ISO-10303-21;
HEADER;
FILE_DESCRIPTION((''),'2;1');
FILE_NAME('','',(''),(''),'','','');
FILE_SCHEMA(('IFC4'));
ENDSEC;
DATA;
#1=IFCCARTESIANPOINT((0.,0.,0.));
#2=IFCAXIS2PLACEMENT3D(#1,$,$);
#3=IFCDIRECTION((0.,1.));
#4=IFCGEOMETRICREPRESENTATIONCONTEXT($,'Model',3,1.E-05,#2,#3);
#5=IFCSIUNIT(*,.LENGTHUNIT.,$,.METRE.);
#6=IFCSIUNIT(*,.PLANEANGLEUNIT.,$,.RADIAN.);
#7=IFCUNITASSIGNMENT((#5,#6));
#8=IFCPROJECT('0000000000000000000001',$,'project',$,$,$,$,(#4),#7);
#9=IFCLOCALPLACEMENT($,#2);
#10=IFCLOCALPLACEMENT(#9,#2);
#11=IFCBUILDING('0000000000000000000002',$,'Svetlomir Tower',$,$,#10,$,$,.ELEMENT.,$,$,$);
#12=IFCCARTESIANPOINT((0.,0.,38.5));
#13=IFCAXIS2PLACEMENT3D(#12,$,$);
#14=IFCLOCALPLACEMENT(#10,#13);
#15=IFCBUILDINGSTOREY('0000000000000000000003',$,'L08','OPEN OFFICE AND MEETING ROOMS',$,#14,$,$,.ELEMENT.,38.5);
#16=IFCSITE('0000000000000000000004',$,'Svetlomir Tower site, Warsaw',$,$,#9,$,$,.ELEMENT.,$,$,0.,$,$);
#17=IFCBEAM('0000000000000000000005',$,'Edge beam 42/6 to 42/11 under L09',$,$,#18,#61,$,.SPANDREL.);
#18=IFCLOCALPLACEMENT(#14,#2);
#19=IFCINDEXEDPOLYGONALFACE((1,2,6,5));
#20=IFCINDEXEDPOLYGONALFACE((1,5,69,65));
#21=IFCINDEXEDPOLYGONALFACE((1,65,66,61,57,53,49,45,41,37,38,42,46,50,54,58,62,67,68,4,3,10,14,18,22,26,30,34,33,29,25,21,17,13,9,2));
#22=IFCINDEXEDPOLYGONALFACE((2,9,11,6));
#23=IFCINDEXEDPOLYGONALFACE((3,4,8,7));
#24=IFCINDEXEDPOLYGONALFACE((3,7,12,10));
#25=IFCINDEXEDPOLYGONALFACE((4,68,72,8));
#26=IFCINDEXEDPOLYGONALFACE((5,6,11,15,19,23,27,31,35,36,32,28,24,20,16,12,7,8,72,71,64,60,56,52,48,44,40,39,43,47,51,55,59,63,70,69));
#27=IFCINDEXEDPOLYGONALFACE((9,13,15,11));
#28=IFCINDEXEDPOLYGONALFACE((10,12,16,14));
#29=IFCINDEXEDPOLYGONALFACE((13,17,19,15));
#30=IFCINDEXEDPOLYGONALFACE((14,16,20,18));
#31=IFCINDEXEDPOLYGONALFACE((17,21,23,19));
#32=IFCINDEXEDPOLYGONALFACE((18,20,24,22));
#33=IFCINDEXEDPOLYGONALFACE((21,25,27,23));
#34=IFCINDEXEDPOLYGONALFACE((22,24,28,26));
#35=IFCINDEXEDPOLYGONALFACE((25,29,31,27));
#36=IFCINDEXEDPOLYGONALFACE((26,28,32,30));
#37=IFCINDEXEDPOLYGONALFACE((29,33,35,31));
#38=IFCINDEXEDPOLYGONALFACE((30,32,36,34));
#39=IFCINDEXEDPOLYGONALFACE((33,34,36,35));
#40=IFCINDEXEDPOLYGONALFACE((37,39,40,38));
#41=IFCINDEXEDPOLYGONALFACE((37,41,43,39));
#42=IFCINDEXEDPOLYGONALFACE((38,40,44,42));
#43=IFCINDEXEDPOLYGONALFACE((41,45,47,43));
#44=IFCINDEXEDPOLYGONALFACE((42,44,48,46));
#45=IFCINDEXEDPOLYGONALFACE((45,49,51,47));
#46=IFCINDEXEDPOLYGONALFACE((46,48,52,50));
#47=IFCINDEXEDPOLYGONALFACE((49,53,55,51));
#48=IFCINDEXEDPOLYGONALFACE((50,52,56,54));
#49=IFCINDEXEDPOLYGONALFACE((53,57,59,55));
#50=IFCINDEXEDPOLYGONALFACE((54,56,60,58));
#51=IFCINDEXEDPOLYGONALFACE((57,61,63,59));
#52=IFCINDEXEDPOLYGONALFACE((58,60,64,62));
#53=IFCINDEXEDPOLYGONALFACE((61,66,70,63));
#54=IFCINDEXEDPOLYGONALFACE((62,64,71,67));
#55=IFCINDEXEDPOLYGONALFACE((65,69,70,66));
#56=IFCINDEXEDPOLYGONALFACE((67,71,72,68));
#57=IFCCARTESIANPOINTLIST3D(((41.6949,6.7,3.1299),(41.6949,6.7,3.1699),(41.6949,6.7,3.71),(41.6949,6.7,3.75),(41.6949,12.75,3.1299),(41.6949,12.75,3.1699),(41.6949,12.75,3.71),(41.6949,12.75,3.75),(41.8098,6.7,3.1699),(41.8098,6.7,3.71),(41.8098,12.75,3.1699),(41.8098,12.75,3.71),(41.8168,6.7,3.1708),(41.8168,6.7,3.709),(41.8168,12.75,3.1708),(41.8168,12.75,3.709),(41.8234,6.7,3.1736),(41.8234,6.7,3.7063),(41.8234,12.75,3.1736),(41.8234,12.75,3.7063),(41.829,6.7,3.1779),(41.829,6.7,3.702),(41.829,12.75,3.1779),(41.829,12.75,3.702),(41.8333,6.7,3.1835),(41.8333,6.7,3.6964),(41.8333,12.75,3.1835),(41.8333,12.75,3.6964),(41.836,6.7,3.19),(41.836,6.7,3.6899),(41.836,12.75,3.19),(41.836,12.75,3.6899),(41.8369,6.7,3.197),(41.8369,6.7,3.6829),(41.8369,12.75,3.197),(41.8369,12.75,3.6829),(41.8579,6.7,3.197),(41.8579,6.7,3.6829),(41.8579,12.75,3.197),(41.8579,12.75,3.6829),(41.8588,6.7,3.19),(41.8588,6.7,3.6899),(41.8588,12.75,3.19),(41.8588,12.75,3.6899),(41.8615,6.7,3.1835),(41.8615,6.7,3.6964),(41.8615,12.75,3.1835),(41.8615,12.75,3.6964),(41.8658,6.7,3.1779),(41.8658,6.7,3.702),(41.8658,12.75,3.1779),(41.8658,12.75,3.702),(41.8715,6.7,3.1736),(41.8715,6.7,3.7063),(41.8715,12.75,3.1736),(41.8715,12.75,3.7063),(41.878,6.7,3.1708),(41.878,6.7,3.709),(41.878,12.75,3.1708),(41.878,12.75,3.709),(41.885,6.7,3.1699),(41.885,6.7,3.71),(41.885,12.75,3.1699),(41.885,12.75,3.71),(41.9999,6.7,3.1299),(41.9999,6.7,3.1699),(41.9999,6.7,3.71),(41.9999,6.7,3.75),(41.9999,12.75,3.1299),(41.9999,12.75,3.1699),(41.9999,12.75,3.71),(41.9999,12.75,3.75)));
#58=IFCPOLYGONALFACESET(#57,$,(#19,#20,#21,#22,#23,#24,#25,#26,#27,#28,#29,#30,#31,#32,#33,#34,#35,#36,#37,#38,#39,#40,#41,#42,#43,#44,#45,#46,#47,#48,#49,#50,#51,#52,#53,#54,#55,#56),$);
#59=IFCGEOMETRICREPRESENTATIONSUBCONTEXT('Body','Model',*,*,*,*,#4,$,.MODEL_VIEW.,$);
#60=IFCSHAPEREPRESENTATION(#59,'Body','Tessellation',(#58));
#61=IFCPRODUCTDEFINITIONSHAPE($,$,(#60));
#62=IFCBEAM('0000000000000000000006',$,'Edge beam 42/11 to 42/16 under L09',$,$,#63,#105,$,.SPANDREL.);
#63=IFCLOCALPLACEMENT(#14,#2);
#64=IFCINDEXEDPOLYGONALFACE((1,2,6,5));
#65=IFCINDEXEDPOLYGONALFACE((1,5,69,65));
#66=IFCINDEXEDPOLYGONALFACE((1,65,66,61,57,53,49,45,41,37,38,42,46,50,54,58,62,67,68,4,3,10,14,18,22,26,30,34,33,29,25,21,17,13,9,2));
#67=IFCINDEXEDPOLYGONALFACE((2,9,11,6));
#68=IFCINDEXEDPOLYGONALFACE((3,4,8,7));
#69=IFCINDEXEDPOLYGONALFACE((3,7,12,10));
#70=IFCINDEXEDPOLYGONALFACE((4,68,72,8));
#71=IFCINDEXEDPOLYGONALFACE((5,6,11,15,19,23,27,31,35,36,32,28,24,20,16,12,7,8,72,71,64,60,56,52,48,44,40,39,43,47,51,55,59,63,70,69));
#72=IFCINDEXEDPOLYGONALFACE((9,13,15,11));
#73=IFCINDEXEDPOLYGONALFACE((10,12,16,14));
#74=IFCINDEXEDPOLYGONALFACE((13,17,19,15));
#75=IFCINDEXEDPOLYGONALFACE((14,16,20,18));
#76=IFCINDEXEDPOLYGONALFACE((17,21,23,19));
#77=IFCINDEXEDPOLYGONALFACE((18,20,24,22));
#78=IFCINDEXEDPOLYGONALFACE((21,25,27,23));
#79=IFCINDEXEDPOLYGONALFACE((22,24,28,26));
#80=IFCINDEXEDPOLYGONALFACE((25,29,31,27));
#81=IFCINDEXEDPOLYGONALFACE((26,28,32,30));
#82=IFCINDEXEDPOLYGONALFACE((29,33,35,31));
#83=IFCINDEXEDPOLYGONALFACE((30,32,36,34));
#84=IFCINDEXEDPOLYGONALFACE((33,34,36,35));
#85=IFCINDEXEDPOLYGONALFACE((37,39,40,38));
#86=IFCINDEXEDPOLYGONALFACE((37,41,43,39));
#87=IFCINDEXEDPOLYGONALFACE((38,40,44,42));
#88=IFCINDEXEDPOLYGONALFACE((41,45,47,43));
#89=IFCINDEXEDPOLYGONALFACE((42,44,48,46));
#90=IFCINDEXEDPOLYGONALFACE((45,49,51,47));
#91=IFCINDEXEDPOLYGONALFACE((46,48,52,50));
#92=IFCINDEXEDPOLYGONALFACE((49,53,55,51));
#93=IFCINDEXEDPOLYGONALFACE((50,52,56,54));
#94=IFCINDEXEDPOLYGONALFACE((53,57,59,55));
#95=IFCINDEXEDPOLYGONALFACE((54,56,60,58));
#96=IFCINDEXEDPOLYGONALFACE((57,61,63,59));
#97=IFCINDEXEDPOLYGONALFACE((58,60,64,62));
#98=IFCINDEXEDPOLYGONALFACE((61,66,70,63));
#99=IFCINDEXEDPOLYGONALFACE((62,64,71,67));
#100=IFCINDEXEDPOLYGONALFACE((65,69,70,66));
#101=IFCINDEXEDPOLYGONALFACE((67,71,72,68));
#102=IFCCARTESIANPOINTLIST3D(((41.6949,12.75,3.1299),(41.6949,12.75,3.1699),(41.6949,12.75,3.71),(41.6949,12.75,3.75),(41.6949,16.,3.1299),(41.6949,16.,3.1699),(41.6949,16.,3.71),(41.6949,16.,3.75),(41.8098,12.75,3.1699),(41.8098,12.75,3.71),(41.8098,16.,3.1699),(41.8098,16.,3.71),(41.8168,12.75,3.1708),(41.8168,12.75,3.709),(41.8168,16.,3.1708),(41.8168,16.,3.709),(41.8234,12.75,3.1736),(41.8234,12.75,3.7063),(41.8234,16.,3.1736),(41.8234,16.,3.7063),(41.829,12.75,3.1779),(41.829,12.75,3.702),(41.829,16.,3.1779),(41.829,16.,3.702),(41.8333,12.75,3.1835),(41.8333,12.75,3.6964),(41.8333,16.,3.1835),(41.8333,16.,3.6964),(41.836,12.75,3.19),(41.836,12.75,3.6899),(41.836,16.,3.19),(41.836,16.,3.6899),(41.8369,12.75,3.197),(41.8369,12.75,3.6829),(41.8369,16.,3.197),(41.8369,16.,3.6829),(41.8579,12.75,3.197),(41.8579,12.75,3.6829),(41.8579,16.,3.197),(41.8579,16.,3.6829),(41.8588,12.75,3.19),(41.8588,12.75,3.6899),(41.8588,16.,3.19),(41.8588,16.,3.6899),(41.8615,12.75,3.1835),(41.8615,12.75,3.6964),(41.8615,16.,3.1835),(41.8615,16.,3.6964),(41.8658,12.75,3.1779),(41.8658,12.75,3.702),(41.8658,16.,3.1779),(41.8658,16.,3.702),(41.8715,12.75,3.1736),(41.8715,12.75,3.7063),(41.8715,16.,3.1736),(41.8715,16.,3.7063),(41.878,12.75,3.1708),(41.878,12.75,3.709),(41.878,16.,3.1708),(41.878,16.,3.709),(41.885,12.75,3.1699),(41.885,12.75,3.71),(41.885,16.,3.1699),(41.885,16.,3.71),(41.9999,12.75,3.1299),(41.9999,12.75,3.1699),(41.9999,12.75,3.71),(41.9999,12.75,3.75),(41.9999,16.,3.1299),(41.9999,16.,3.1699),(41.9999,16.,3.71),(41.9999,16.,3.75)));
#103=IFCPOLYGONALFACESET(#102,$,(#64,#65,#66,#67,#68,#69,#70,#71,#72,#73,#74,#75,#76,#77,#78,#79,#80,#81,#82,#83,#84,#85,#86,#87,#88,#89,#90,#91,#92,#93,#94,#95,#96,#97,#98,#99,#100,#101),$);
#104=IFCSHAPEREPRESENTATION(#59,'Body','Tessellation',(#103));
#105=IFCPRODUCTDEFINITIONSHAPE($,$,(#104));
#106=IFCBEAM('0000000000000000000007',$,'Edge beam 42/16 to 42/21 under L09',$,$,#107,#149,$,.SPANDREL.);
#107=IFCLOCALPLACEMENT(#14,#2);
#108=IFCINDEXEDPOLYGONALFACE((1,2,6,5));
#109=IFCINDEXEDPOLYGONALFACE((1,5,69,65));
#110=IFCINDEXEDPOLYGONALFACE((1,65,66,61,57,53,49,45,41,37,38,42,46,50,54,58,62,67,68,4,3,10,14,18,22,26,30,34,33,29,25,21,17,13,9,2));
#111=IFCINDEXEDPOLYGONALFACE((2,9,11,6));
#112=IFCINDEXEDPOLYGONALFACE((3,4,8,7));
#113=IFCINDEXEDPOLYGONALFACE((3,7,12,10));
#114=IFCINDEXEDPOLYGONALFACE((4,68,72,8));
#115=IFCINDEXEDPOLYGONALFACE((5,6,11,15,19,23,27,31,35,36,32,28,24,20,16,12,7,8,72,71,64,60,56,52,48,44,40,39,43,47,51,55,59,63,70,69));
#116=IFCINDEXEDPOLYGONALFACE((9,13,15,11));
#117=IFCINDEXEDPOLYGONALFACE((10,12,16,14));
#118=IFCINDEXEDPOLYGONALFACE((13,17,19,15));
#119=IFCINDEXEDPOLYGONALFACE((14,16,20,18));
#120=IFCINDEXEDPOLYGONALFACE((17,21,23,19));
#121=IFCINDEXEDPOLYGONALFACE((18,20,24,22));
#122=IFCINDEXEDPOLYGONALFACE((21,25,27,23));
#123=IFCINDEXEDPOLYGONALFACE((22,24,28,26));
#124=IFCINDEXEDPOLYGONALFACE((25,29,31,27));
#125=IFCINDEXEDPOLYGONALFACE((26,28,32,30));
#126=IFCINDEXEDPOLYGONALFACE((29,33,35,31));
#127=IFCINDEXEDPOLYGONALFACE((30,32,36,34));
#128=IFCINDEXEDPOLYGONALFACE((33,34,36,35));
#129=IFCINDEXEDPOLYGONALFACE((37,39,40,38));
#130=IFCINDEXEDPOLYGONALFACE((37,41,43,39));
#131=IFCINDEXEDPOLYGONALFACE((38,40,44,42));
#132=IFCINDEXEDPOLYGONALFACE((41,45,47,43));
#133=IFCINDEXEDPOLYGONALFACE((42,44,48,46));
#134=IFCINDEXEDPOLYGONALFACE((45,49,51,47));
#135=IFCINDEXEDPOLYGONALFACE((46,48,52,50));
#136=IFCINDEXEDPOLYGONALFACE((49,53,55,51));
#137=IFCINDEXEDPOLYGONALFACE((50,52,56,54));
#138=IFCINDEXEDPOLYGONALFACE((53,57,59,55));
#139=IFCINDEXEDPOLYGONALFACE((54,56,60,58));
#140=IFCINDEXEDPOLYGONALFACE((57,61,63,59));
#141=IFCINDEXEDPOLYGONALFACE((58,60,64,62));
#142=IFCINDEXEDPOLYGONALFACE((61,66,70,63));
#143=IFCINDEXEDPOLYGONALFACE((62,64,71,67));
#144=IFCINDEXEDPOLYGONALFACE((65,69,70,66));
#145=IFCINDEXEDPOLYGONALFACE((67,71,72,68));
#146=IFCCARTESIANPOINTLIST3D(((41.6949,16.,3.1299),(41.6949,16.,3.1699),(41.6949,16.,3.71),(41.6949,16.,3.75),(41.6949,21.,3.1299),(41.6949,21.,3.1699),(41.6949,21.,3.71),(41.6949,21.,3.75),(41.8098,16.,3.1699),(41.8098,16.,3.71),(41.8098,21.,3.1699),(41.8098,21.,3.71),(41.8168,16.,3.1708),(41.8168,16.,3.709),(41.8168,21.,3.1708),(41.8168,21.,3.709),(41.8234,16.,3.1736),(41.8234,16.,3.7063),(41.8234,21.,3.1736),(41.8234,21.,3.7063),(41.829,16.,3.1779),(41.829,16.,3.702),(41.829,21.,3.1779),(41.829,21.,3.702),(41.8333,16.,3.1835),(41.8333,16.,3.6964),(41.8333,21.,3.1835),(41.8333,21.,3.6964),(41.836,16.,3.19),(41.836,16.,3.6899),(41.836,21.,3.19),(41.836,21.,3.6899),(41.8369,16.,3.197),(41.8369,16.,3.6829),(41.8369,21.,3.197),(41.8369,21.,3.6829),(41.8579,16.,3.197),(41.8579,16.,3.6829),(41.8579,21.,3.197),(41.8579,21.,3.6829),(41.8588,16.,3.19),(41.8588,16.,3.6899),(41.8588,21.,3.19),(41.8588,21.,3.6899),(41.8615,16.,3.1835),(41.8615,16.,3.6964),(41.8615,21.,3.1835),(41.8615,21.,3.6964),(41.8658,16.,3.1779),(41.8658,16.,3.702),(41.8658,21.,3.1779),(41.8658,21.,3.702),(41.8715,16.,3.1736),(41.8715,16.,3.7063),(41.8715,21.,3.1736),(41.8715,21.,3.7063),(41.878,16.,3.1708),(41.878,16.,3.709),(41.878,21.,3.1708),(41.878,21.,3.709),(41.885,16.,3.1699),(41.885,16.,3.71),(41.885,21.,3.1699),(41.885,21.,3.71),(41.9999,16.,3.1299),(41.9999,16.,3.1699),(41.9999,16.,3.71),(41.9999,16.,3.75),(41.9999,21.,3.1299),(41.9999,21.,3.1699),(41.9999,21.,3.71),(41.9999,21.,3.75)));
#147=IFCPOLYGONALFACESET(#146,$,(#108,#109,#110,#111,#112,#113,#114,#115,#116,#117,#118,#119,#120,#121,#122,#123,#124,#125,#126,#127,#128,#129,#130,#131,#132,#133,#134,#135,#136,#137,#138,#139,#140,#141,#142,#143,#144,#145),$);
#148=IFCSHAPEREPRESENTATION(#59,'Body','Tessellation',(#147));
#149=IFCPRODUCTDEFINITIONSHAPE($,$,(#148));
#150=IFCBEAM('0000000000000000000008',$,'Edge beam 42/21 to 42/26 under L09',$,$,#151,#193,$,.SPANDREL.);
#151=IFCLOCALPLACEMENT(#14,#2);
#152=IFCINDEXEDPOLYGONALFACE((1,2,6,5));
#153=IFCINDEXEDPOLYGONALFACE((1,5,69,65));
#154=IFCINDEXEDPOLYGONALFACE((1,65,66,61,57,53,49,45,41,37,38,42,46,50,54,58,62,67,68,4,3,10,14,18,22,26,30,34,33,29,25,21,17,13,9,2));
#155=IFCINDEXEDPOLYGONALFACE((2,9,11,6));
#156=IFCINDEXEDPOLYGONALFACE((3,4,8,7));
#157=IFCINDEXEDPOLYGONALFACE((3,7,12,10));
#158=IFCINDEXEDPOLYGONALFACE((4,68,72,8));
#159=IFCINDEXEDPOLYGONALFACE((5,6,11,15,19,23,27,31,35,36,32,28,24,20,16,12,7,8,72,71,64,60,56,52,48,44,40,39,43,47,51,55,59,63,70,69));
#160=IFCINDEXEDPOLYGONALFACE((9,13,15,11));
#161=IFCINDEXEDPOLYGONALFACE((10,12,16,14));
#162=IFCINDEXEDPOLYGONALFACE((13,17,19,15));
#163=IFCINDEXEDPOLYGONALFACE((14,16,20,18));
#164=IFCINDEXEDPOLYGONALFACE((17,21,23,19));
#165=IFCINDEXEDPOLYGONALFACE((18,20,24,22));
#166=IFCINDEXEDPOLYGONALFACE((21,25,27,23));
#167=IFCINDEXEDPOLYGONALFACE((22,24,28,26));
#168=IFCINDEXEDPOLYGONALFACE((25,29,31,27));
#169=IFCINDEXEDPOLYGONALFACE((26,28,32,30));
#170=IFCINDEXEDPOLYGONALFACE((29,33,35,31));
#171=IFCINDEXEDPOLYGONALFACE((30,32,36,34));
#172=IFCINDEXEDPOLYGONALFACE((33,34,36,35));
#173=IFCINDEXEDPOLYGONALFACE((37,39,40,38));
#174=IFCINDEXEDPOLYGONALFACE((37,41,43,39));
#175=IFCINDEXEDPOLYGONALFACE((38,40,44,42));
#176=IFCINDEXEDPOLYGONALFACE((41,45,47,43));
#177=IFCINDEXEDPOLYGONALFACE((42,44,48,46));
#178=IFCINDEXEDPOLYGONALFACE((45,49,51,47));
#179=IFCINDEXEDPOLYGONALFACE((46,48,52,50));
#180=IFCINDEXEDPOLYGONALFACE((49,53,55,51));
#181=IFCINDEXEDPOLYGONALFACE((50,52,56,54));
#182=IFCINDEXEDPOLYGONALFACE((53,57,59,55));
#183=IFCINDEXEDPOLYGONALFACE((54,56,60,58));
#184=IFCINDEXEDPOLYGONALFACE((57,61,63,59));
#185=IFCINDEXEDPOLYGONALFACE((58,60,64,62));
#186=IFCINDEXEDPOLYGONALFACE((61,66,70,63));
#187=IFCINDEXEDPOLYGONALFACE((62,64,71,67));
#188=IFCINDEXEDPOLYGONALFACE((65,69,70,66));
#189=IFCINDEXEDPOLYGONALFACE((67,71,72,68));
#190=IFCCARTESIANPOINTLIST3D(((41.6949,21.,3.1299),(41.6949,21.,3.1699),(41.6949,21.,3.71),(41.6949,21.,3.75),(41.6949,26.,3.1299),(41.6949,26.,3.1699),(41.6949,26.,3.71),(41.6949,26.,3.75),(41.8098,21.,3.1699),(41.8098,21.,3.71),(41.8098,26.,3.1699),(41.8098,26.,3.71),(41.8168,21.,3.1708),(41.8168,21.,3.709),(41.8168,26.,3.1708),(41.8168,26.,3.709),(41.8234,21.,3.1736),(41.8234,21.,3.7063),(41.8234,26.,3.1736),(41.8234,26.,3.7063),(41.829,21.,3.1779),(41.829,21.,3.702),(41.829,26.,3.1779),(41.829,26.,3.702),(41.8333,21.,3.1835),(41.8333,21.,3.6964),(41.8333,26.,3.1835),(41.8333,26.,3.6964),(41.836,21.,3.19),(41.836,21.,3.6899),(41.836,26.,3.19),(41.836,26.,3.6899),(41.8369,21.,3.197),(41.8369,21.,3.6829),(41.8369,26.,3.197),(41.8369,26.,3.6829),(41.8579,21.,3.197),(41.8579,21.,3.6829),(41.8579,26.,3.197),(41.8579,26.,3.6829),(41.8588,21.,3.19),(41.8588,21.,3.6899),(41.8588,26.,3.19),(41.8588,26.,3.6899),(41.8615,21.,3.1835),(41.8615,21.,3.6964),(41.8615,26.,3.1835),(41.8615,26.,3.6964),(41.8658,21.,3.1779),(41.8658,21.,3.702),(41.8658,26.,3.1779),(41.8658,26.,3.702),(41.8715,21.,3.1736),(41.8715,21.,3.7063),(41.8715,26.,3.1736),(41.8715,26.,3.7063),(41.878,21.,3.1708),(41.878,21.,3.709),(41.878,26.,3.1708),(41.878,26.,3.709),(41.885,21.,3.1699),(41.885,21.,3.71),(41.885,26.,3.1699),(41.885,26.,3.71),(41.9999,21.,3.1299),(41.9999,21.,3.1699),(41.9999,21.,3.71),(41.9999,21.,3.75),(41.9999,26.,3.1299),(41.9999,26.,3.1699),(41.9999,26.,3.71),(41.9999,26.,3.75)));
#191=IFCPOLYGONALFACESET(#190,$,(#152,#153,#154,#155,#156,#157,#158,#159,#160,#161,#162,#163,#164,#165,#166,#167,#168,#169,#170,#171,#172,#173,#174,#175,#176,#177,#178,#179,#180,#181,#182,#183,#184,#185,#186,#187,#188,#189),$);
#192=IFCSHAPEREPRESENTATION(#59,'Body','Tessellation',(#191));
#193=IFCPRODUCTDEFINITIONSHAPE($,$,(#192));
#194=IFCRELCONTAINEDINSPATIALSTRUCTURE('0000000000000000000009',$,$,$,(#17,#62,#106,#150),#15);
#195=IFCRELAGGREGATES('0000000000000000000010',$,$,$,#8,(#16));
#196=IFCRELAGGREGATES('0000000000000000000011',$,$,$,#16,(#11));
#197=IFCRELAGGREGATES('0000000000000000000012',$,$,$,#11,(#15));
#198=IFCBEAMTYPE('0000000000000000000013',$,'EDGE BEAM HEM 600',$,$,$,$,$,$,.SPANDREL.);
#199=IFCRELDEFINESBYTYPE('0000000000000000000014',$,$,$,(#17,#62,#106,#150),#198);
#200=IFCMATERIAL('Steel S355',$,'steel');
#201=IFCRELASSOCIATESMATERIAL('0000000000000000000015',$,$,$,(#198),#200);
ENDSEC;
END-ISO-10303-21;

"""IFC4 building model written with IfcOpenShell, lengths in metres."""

from ifc_helpers import new_model, si_unit, direction, frame, origin, origin_2d, place, context, subcontext, project, spatial, i_section, extrude, material, material_profile, profile_set, type_object, element, save


model = new_model("IFC4")

# Units and contexts
model_context = context("Model", 3, precision=1e-05, world=origin(), true_north=direction((0.0, 1.0)))
body_context = subcontext(model_context, "Body", "Model", "MODEL_VIEW")
ifc_project = project(units=[si_unit("LENGTHUNIT", "METRE"), si_unit("PLANEANGLEUNIT", "RADIAN")], contexts=[model_context])

# Site, building, storey
site_placement = place(None, origin())
site = spatial("IfcSite", under=ifc_project, at=site_placement, Name="Svetlomir Tower site, Warsaw", CompositionType="ELEMENT", RefElevation=0.0)
building_placement = place(site_placement, origin())
building = spatial("IfcBuilding", under=site, at=building_placement, Name="Svetlomir Tower", CompositionType="ELEMENT")
storey_placement = place(building_placement, frame((0.0, 0.0, 38.5)))
storey = spatial("IfcBuildingStorey", under=building, at=storey_placement, Name="L08", Description="OPEN OFFICE AND MEETING ROOMS", CompositionType="ELEMENT", Elevation=38.5)

# Beams
ifc_material_1 = material(Name="Steel S355", Category="steel")
ifc_material_profile_1 = material_profile(ifc_material_1, i_section(OverallWidth=0.3049, OverallDepth=0.6201, WebThickness=0.021, FlangeThickness=0.04, FilletRadius=0.0271, at=origin_2d()), Name="HEM 600")
ifc_profile_set_1 = profile_set([ifc_material_profile_1], Name="Steel S355")
beam_type = type_object("IfcBeamType", Name="EDGE BEAM HEM 600", PredefinedType="SPANDREL", material=ifc_profile_set_1)
beam_1_placement = place(storey_placement, frame((41.8474, 6.7, 3.4399), z_axis=(0.0, 1.0, 0.0), x_axis=(-1.0, 0.0, 0.0)))
element("IfcBeam", 1, at=beam_1_placement, inside=storey, type_object=beam_type, Name="Edge beam 42/6 to 42/11 under L09", PredefinedType="SPANDREL", context=body_context, shape_type="SweptSolid", body=[
    extrude(i_section(OverallWidth=0.3049, OverallDepth=0.6201, WebThickness=0.021, FlangeThickness=0.04, FilletRadius=0.0271, at=origin_2d()), origin(), (0.0, 0.0, 1.0), 6.05),
])
beam_2_placement = place(storey_placement, frame((41.8474, 12.75, 3.4399), z_axis=(0.0, 1.0, 0.0), x_axis=(-1.0, 0.0, 0.0)))
element("IfcBeam", 2, at=beam_2_placement, inside=storey, type_object=beam_type, Name="Edge beam 42/11 to 42/16 under L09", PredefinedType="SPANDREL", context=body_context, shape_type="SweptSolid", body=[
    extrude(i_section(OverallWidth=0.3049, OverallDepth=0.6201, WebThickness=0.021, FlangeThickness=0.04, FilletRadius=0.0271, at=origin_2d()), origin(), (0.0, 0.0, 1.0), 3.25),
])
for number, where, z_axis, x_axis, name in (
    (3, (41.8474, 16.0, 3.4399), (0.0, 1.0, 0.0), (-1.0, 0.0, 0.0), "Edge beam 42/16 to 42/21 under L09"),
    (4, (41.8474, 21.0, 3.4399), (0.0, 1.0, 0.0), (-1.0, 0.0, 0.0), "Edge beam 42/21 to 42/26 under L09"),
):
    element("IfcBeam", number, at=place(storey_placement, frame(where, z_axis=z_axis, x_axis=x_axis)), inside=storey, type_object=beam_type, Name=name, PredefinedType="SPANDREL", context=body_context, shape_type="SweptSolid", body=[
        extrude(i_section(OverallWidth=0.3049, OverallDepth=0.6201, WebThickness=0.021, FlangeThickness=0.04, FilletRadius=0.0271, at=origin_2d()), origin(), (0.0, 0.0, 1.0), 5.0),
    ])

save(model, "model.ifc")
